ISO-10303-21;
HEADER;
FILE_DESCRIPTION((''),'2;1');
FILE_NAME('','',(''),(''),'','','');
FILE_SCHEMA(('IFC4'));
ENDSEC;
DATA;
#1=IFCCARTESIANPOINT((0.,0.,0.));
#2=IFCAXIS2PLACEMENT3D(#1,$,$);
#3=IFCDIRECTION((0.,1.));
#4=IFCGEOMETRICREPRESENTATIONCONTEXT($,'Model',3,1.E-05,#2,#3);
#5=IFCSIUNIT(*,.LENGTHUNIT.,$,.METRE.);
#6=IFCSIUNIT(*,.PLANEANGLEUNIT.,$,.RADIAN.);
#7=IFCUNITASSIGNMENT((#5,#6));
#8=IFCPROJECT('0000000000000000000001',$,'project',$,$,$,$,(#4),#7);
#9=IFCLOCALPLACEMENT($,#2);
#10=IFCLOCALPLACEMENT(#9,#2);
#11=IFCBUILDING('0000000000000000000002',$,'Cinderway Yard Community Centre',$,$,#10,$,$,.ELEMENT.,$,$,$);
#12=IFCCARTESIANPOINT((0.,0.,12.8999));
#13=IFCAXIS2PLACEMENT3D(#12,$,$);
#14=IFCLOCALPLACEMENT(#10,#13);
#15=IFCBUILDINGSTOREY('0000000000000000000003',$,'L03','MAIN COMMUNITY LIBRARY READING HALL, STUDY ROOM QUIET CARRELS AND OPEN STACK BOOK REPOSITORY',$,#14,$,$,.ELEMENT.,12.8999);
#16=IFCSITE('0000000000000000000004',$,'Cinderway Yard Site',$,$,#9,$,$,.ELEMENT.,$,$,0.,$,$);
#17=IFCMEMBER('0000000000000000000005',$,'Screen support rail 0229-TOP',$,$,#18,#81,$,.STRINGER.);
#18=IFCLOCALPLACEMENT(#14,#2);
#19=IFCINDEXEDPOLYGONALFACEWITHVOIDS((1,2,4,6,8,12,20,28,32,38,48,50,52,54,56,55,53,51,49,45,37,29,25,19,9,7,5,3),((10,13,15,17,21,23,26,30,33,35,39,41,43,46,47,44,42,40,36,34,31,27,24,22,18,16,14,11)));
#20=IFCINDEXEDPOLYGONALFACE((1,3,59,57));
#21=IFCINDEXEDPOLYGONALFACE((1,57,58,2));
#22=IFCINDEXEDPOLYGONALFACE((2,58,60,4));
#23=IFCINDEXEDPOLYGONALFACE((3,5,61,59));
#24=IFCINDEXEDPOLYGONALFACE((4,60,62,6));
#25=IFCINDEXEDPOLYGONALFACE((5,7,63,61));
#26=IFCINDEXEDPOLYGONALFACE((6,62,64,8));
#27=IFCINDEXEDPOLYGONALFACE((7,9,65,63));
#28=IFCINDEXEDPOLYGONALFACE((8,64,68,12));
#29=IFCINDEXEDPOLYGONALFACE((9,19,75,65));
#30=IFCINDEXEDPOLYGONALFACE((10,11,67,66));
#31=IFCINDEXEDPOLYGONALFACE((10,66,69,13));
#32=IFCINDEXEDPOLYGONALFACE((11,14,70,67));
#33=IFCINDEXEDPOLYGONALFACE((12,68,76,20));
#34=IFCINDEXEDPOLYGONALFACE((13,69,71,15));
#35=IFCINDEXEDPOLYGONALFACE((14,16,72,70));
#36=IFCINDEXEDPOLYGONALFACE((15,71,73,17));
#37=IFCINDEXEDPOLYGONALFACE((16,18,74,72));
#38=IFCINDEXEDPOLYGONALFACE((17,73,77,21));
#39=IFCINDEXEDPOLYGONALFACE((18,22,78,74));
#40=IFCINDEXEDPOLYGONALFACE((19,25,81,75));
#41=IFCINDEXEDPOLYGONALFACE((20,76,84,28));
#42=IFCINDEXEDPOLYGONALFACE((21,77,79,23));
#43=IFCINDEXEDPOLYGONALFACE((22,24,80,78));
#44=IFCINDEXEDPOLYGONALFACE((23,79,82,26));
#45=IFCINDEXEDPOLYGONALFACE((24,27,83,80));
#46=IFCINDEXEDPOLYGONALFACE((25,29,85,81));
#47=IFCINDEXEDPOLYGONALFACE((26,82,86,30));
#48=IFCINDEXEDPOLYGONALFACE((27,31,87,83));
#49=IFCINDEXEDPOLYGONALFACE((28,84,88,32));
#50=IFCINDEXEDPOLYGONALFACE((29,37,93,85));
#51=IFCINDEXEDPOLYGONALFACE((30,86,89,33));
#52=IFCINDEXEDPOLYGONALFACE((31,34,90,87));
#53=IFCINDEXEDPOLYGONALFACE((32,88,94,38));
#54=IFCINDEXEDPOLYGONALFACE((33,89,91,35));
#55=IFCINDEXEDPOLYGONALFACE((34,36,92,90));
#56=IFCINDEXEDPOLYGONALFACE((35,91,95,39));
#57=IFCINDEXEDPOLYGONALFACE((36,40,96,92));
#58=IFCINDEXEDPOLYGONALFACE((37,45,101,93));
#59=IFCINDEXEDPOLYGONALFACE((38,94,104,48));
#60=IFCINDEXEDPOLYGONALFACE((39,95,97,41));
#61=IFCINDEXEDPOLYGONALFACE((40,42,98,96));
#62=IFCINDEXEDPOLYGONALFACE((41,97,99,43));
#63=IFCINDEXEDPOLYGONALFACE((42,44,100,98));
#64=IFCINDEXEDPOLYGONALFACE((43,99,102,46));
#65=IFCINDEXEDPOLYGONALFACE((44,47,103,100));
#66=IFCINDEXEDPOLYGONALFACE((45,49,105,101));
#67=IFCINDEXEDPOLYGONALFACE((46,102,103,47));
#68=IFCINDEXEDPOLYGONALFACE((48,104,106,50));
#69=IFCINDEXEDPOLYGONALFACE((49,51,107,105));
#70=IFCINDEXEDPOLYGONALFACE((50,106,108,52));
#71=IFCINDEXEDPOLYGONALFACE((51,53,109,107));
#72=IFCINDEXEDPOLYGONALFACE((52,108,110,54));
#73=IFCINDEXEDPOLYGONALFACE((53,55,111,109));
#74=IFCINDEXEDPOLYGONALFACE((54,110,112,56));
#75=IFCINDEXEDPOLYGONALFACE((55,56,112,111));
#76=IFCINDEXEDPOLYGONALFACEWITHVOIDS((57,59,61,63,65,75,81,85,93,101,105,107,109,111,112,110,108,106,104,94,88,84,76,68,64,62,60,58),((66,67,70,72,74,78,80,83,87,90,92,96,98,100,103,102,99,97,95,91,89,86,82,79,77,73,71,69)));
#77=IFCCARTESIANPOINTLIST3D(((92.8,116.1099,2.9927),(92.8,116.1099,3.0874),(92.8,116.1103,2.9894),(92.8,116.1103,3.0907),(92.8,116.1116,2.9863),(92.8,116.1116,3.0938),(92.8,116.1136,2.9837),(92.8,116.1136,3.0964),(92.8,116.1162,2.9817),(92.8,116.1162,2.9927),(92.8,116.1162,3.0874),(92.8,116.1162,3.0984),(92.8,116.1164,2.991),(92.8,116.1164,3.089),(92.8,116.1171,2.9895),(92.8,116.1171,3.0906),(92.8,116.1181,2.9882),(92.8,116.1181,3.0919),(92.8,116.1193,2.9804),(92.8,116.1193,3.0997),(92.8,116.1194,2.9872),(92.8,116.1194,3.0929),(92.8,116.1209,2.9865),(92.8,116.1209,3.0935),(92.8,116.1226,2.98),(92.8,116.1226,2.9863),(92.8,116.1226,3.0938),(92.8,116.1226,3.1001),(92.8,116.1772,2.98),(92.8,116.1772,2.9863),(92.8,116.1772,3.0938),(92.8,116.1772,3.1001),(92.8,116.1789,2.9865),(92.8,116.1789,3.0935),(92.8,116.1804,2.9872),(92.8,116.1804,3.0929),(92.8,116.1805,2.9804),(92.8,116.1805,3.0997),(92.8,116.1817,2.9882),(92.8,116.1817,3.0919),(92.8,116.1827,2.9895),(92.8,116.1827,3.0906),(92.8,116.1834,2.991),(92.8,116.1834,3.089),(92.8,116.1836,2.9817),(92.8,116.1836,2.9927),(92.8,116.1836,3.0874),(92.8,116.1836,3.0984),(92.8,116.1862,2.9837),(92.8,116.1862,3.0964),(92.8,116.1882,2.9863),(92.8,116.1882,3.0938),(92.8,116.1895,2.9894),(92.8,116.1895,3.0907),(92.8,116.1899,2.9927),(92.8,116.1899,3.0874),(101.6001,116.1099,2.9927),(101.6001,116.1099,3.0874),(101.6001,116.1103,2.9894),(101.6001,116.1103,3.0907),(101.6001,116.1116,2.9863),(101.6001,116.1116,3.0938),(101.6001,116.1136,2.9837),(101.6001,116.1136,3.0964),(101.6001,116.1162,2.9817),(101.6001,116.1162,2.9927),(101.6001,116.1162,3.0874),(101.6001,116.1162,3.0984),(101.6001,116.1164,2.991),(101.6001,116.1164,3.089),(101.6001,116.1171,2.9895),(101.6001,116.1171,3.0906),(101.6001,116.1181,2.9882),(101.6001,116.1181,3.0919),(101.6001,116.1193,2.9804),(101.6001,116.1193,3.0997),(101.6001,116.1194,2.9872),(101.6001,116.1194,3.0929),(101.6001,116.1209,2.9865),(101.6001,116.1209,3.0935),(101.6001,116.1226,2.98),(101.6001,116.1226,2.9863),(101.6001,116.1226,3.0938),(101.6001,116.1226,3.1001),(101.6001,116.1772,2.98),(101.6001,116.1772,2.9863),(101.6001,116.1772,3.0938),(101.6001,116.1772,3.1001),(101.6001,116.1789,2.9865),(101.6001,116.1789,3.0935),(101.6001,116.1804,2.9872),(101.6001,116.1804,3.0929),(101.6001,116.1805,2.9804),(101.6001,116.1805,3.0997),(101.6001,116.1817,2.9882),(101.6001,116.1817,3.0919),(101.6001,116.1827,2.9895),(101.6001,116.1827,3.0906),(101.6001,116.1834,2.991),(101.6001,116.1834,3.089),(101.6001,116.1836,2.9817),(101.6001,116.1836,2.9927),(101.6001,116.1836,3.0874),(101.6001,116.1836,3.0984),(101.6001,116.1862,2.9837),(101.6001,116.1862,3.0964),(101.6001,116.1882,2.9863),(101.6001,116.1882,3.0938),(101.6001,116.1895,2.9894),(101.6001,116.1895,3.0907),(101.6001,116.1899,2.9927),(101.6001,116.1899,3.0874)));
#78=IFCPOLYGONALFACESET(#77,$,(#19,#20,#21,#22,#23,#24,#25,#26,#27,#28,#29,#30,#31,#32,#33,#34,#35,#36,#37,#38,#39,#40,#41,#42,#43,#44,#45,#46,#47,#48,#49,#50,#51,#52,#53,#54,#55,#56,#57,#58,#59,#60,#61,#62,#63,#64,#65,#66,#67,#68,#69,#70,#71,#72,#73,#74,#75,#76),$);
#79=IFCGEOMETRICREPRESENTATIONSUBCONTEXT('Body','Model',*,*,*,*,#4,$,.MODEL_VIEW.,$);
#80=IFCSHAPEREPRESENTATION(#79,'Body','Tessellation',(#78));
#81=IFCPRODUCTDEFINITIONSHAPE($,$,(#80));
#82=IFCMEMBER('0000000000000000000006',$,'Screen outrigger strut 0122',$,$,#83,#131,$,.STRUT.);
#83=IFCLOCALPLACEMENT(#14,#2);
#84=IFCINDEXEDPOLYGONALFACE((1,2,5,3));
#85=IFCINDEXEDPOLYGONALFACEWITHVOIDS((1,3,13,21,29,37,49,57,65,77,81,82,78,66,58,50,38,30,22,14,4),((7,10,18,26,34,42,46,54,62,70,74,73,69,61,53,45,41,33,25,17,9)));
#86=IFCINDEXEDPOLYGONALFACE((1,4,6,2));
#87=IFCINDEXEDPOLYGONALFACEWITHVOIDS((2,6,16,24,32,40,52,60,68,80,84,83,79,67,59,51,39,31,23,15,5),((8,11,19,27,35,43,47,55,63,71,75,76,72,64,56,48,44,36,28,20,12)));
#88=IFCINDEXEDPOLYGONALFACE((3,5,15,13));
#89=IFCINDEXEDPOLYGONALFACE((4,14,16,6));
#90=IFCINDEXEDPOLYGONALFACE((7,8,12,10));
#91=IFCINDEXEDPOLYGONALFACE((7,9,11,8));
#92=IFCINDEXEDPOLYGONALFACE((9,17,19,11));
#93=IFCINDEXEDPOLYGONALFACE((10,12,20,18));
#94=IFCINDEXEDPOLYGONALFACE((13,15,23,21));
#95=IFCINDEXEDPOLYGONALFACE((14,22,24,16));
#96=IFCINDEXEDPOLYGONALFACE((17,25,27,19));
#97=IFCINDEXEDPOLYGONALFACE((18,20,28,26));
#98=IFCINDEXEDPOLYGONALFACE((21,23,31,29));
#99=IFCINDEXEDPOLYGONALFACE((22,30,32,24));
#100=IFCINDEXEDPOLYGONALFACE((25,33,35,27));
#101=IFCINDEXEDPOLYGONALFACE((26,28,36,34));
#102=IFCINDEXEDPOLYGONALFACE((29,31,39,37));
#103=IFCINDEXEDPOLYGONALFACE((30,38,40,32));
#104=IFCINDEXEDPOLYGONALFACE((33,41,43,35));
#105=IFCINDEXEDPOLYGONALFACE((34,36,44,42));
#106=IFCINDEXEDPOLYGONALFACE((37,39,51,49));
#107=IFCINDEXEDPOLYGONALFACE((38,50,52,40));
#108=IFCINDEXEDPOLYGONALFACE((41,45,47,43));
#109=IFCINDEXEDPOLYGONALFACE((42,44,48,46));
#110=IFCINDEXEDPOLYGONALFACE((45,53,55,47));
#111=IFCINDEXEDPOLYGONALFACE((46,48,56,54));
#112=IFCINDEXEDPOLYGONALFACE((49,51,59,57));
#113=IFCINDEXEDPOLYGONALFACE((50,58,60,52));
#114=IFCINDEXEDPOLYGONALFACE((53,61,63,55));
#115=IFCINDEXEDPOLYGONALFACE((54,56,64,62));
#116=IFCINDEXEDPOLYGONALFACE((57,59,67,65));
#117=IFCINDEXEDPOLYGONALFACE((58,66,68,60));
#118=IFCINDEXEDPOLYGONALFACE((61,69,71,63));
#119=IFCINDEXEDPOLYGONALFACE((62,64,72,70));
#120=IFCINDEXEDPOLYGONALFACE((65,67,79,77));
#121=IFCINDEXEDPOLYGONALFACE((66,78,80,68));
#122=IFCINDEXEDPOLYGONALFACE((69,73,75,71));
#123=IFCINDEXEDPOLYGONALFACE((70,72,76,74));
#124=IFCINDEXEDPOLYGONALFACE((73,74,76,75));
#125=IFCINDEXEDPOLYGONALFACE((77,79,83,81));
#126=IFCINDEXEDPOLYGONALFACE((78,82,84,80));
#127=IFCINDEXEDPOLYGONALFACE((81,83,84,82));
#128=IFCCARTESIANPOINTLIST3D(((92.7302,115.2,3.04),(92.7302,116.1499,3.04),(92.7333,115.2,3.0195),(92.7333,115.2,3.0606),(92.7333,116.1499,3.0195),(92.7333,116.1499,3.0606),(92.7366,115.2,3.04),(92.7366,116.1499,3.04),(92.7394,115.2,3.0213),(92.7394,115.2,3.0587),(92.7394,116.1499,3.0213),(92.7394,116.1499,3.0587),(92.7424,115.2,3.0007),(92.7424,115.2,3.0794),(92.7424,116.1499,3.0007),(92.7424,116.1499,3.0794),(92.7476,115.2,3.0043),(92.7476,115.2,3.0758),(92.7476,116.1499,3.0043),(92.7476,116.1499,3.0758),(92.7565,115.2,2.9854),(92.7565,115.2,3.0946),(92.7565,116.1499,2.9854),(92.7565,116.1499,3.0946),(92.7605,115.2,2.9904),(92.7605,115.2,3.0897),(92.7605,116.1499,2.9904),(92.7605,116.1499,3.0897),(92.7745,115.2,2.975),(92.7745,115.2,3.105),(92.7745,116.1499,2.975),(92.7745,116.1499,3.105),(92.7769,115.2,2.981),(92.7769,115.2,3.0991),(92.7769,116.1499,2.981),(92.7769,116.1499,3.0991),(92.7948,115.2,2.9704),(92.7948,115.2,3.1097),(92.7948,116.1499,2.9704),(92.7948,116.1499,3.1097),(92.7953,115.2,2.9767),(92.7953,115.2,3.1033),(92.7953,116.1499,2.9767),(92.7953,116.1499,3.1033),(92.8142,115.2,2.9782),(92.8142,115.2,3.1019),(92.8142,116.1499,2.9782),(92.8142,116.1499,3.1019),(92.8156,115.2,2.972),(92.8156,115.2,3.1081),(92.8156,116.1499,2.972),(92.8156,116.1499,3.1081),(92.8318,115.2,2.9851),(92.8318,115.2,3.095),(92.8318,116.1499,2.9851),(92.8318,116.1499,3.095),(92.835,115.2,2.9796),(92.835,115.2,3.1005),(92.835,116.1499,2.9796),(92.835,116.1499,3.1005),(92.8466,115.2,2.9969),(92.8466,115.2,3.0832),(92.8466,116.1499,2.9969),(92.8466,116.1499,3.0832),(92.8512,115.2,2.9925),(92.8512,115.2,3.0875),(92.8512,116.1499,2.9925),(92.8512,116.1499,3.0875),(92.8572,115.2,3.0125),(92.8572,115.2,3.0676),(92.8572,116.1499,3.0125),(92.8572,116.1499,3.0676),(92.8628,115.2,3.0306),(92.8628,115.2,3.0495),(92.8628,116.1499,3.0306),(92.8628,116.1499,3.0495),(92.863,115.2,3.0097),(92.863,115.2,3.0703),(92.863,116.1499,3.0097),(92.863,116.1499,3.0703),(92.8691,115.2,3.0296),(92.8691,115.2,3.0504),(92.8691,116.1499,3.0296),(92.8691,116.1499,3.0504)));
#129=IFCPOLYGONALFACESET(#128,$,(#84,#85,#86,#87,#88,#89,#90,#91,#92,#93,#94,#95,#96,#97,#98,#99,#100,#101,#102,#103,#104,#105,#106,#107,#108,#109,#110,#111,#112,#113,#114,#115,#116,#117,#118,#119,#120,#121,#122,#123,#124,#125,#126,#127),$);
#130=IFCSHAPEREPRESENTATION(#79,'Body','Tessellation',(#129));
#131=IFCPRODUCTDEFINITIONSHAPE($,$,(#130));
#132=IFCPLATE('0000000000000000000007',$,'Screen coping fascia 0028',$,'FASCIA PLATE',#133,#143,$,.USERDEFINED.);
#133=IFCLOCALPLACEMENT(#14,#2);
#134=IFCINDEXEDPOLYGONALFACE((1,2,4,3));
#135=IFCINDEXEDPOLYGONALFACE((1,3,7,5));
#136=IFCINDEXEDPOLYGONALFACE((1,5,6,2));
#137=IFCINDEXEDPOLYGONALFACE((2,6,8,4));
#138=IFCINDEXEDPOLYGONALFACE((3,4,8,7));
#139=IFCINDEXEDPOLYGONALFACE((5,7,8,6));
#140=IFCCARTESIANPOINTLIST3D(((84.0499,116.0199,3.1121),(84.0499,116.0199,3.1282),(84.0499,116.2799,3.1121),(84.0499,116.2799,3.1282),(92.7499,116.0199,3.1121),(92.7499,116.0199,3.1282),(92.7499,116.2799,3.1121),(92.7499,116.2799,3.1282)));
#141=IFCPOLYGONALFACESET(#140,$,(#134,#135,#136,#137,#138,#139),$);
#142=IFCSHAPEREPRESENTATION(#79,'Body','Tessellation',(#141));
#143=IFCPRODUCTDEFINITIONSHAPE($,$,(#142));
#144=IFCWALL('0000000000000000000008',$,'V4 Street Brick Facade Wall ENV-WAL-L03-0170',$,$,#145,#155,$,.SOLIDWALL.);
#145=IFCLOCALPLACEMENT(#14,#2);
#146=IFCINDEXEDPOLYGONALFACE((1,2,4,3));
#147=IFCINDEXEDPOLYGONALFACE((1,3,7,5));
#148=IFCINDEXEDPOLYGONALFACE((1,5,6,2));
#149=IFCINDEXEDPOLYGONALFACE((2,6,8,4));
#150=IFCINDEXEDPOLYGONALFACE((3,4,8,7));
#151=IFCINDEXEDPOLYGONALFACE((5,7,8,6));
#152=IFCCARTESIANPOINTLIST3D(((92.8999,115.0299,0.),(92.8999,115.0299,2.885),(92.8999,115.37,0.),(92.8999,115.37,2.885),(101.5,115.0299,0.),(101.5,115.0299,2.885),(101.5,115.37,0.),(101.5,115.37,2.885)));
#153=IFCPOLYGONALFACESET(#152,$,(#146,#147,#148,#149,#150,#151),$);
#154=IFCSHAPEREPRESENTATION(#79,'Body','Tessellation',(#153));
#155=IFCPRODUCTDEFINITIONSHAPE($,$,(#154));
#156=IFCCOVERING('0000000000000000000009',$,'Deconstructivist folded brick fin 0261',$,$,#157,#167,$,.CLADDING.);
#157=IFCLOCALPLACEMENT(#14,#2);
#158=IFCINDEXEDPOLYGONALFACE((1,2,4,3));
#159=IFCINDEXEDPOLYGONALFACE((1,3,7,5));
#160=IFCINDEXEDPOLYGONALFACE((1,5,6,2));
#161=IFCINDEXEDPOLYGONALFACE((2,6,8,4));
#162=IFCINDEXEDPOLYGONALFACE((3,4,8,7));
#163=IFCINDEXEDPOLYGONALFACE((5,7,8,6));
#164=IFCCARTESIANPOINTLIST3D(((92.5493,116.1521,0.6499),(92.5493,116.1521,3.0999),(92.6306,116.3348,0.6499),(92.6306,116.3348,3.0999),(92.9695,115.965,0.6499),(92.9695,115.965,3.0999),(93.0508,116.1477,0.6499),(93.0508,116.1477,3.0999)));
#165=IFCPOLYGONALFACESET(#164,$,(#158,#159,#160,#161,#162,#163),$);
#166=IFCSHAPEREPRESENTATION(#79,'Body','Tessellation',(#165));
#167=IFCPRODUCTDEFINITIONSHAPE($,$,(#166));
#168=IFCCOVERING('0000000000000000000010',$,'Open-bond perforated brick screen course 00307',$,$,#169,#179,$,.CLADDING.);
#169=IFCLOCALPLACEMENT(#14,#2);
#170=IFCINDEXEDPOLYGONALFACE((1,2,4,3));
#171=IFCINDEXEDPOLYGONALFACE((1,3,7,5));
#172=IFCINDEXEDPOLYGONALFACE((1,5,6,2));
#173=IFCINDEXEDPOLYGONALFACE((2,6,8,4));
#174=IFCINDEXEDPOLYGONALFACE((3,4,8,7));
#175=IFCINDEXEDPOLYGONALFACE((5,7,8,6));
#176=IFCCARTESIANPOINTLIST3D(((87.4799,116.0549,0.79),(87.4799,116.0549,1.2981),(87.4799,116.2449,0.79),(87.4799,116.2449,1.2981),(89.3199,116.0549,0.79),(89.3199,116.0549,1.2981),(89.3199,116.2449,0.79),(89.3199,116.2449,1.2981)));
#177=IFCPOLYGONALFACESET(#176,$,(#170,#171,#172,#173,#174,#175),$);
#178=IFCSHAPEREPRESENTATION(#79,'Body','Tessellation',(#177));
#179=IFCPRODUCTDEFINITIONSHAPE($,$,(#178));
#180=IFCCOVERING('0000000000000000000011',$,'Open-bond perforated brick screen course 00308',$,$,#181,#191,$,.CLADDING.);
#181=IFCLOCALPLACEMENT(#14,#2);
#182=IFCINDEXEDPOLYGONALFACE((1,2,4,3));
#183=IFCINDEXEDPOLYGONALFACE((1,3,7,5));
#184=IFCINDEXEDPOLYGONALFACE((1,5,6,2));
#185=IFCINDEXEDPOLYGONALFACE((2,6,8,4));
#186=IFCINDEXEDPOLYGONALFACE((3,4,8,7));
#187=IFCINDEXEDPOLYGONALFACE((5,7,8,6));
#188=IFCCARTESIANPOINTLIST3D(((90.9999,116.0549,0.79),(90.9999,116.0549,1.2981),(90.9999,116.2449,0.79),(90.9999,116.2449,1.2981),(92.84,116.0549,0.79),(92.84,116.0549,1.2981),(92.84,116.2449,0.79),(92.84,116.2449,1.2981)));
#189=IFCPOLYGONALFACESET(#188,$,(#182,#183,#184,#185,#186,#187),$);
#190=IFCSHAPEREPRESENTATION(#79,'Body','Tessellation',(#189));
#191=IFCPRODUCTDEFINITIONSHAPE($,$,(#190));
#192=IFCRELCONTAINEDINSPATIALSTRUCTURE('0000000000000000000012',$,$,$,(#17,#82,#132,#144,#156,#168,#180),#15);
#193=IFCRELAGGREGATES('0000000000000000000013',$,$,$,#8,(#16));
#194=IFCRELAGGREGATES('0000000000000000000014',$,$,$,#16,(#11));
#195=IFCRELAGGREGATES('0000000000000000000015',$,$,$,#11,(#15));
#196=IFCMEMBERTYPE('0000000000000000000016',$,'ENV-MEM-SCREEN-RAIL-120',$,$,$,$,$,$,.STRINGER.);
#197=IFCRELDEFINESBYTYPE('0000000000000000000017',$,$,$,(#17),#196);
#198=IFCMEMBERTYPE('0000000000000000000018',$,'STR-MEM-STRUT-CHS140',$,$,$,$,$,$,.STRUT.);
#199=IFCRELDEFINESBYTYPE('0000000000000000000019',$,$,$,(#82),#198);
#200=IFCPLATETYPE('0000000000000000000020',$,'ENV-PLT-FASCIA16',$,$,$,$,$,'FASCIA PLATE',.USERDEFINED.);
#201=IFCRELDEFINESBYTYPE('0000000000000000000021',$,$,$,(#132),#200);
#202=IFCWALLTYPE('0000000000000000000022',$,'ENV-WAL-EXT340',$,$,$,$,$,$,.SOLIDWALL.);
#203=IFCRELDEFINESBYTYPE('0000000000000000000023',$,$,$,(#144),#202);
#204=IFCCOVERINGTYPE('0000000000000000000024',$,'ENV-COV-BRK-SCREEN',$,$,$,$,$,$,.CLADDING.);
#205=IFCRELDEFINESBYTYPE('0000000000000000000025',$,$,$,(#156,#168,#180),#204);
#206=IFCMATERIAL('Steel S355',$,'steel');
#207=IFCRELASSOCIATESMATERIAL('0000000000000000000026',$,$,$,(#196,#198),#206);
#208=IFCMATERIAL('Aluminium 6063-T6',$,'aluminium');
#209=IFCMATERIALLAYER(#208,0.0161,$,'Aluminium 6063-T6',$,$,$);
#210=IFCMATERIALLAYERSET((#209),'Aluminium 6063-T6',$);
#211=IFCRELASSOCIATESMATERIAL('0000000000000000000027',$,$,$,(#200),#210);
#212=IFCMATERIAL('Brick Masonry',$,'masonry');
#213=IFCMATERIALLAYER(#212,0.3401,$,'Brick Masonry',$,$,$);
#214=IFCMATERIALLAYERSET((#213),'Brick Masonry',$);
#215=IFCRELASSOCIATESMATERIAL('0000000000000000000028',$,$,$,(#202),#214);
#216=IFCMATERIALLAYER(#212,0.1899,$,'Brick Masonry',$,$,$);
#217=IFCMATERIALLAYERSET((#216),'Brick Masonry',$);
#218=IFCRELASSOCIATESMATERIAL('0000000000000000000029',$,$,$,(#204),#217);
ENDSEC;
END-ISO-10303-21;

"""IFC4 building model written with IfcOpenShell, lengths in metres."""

from ifc_helpers import new_model, si_unit, direction, frame, frame_2d, origin, origin_2d, place, context, subcontext, project, spatial, rectangle, hollow_rectangle, hollow_circle, extrude, material, layer, layer_set, material_profile, profile_set, type_object, element, save


model = new_model("IFC4")

# Units and contexts
model_context = context("Model", 3, precision=1e-05, world=origin(), true_north=direction((0.0, 1.0)))
body_context = subcontext(model_context, "Body", "Model", "MODEL_VIEW")
ifc_project = project(units=[si_unit("LENGTHUNIT", "METRE"), si_unit("PLANEANGLEUNIT", "RADIAN")], contexts=[model_context])

# Site, building, storey
site_placement = place(None, origin())
site = spatial("IfcSite", under=ifc_project, at=site_placement, Name="Cinderway Yard Site", CompositionType="ELEMENT", RefElevation=0.0)
building_placement = place(site_placement, origin())
building = spatial("IfcBuilding", under=site, at=building_placement, Name="Cinderway Yard Community Centre", CompositionType="ELEMENT")
storey_placement = place(building_placement, frame((0.0, 0.0, 12.8999)))
storey = spatial("IfcBuildingStorey", under=building, at=storey_placement, Name="L03", Description="MAIN COMMUNITY LIBRARY READING HALL, STUDY ROOM QUIET CARRELS AND OPEN STACK BOOK REPOSITORY", CompositionType="ELEMENT", Elevation=12.8999)

# Members
ifc_material_1 = material(Name="Steel S355", Category="steel")
ifc_material_profile_1 = material_profile(ifc_material_1, hollow_rectangle(XDim=0.0801, YDim=0.1201, WallThickness=0.0063, InnerFilletRadius=0.0063, OuterFilletRadius=0.0127, at=origin_2d()), Name="Steel S355")
ifc_profile_set_1 = profile_set([ifc_material_profile_1], Name="Steel S355")
member_type_1 = type_object("IfcMemberType", Name="ENV-MEM-SCREEN-RAIL-120", PredefinedType="STRINGER", material=ifc_profile_set_1)
for number, where, z_axis, x_axis, name in (
    (1, (92.8, 116.1499, 3.04), (1.0, 0.0, 0.0), (0.0, 1.0, 0.0), "Screen support rail 0229-TOP"),
):
    element("IfcMember", number, at=place(storey_placement, frame(where, z_axis=z_axis, x_axis=x_axis)), inside=storey, type_object=member_type_1, Name=name, PredefinedType="STRINGER", context=body_context, shape_type="SweptSolid", body=[
        extrude(hollow_rectangle(XDim=0.0801, YDim=0.1201, WallThickness=0.0063, InnerFilletRadius=0.0063, OuterFilletRadius=0.0127, at=origin_2d()), origin(), (0.0, 0.0, 1.0), 8.8),
    ])
ifc_material_profile_2 = material_profile(ifc_material_1, hollow_circle(Radius=0.0698, WallThickness=0.0063, at=origin_2d()), Name="Steel S355")
ifc_profile_set_2 = profile_set([ifc_material_profile_2], Name="Steel S355")
member_type_2 = type_object("IfcMemberType", Name="STR-MEM-STRUT-CHS140", PredefinedType="STRUT", material=ifc_profile_set_2)
member_placement = place(storey_placement, frame((92.8, 115.2, 3.04), z_axis=(0.0, 1.0, 0.0), x_axis=(-1.0, 0.0, 0.0)))
element("IfcMember", 2, at=member_placement, inside=storey, type_object=member_type_2, Name="Screen outrigger strut 0122", PredefinedType="STRUT", context=body_context, shape_type="SweptSolid", body=[
    extrude(hollow_circle(Radius=0.0698, WallThickness=0.0063, at=origin_2d()), origin(), (0.0, 0.0, 1.0), 0.95),
])

# Plate
ifc_material_2 = material(Name="Aluminium 6063-T6", Category="aluminium")
ifc_layer_1 = layer(ifc_material_2, 0.0161, Name="Aluminium 6063-T6")
ifc_layer_set_1 = layer_set([ifc_layer_1], Name="Aluminium 6063-T6")
plate_type = type_object("IfcPlateType", Name="ENV-PLT-FASCIA16", ElementType="FASCIA PLATE", PredefinedType="USERDEFINED", material=ifc_layer_set_1)
plate_placement = place(storey_placement, frame((88.3999, 116.1499, 3.1121), z_axis=(0.0, 0.0, 1.0), x_axis=(1.0, 0.0, 0.0)))
element("IfcPlate", 3, at=plate_placement, inside=storey, type_object=plate_type, Name="Screen coping fascia 0028", ObjectType="FASCIA PLATE", PredefinedType="USERDEFINED", context=body_context, shape_type="SweptSolid", body=[
    extrude(rectangle(XDim=8.7, YDim=0.26, at=origin_2d()), origin(), (0.0, 0.0, 1.0), 0.0161),
])

# Wall
ifc_material_3 = material(Name="Brick Masonry", Category="masonry")
ifc_layer_2 = layer(ifc_material_3, 0.3401, Name="Brick Masonry")
ifc_layer_set_2 = layer_set([ifc_layer_2], Name="Brick Masonry")
wall_type = type_object("IfcWallType", Name="ENV-WAL-EXT340", PredefinedType="SOLIDWALL", material=ifc_layer_set_2)
wall_placement = place(storey_placement, frame((92.8999, 115.2, 0.0), z_axis=(0.0, 0.0, 1.0), x_axis=(1.0, 0.0, 0.0)))
element("IfcWall", 4, at=wall_placement, inside=storey, type_object=wall_type, Name="V4 Street Brick Facade Wall ENV-WAL-L03-0170", PredefinedType="SOLIDWALL", context=body_context, shape_type="SweptSolid", body=[
    extrude(rectangle(XDim=8.6001, YDim=0.3401, at=frame_2d((4.3, 0.0))), origin(), (0.0, 0.0, 1.0), 2.885),
])

# Coverings
ifc_layer_3 = layer(ifc_material_3, 0.1899, Name="Brick Masonry")
ifc_layer_set_3 = layer_set([ifc_layer_3], Name="Brick Masonry")
covering_type = type_object("IfcCoveringType", Name="ENV-COV-BRK-SCREEN", PredefinedType="CLADDING", material=ifc_layer_set_3)
covering_placement = place(storey_placement, frame((92.8, 116.1499, 0.6499), z_axis=(0.0, 0.0, 1.0), x_axis=(0.913545, -0.406737, 0.0)))
element("IfcCovering", 5, at=covering_placement, inside=storey, type_object=covering_type, Name="Deconstructivist folded brick fin 0261", PredefinedType="CLADDING", context=body_context, shape_type="SweptSolid", body=[
    extrude(rectangle(XDim=0.46, YDim=0.2, at=origin_2d()), origin(), (0.0, 0.0, 1.0), 2.45),
])
for number, where, z_axis, x_axis, name in (
    (6, (88.3999, 116.1499, 0.79), (0.0, 0.0, 1.0), (1.0, 0.0, 0.0), "Open-bond perforated brick screen course 00307"),
    (7, (91.9199, 116.1499, 0.79), (0.0, 0.0, 1.0), (1.0, 0.0, 0.0), "Open-bond perforated brick screen course 00308"),
):
    element("IfcCovering", number, at=place(storey_placement, frame(where, z_axis=z_axis, x_axis=x_axis)), inside=storey, type_object=covering_type, Name=name, PredefinedType="CLADDING", context=body_context, shape_type="SweptSolid", body=[
        extrude(rectangle(XDim=1.8401, YDim=0.1899, at=origin_2d()), origin(), (0.0, 0.0, 1.0), 0.5081),
    ])

save(model, "model.ifc")
